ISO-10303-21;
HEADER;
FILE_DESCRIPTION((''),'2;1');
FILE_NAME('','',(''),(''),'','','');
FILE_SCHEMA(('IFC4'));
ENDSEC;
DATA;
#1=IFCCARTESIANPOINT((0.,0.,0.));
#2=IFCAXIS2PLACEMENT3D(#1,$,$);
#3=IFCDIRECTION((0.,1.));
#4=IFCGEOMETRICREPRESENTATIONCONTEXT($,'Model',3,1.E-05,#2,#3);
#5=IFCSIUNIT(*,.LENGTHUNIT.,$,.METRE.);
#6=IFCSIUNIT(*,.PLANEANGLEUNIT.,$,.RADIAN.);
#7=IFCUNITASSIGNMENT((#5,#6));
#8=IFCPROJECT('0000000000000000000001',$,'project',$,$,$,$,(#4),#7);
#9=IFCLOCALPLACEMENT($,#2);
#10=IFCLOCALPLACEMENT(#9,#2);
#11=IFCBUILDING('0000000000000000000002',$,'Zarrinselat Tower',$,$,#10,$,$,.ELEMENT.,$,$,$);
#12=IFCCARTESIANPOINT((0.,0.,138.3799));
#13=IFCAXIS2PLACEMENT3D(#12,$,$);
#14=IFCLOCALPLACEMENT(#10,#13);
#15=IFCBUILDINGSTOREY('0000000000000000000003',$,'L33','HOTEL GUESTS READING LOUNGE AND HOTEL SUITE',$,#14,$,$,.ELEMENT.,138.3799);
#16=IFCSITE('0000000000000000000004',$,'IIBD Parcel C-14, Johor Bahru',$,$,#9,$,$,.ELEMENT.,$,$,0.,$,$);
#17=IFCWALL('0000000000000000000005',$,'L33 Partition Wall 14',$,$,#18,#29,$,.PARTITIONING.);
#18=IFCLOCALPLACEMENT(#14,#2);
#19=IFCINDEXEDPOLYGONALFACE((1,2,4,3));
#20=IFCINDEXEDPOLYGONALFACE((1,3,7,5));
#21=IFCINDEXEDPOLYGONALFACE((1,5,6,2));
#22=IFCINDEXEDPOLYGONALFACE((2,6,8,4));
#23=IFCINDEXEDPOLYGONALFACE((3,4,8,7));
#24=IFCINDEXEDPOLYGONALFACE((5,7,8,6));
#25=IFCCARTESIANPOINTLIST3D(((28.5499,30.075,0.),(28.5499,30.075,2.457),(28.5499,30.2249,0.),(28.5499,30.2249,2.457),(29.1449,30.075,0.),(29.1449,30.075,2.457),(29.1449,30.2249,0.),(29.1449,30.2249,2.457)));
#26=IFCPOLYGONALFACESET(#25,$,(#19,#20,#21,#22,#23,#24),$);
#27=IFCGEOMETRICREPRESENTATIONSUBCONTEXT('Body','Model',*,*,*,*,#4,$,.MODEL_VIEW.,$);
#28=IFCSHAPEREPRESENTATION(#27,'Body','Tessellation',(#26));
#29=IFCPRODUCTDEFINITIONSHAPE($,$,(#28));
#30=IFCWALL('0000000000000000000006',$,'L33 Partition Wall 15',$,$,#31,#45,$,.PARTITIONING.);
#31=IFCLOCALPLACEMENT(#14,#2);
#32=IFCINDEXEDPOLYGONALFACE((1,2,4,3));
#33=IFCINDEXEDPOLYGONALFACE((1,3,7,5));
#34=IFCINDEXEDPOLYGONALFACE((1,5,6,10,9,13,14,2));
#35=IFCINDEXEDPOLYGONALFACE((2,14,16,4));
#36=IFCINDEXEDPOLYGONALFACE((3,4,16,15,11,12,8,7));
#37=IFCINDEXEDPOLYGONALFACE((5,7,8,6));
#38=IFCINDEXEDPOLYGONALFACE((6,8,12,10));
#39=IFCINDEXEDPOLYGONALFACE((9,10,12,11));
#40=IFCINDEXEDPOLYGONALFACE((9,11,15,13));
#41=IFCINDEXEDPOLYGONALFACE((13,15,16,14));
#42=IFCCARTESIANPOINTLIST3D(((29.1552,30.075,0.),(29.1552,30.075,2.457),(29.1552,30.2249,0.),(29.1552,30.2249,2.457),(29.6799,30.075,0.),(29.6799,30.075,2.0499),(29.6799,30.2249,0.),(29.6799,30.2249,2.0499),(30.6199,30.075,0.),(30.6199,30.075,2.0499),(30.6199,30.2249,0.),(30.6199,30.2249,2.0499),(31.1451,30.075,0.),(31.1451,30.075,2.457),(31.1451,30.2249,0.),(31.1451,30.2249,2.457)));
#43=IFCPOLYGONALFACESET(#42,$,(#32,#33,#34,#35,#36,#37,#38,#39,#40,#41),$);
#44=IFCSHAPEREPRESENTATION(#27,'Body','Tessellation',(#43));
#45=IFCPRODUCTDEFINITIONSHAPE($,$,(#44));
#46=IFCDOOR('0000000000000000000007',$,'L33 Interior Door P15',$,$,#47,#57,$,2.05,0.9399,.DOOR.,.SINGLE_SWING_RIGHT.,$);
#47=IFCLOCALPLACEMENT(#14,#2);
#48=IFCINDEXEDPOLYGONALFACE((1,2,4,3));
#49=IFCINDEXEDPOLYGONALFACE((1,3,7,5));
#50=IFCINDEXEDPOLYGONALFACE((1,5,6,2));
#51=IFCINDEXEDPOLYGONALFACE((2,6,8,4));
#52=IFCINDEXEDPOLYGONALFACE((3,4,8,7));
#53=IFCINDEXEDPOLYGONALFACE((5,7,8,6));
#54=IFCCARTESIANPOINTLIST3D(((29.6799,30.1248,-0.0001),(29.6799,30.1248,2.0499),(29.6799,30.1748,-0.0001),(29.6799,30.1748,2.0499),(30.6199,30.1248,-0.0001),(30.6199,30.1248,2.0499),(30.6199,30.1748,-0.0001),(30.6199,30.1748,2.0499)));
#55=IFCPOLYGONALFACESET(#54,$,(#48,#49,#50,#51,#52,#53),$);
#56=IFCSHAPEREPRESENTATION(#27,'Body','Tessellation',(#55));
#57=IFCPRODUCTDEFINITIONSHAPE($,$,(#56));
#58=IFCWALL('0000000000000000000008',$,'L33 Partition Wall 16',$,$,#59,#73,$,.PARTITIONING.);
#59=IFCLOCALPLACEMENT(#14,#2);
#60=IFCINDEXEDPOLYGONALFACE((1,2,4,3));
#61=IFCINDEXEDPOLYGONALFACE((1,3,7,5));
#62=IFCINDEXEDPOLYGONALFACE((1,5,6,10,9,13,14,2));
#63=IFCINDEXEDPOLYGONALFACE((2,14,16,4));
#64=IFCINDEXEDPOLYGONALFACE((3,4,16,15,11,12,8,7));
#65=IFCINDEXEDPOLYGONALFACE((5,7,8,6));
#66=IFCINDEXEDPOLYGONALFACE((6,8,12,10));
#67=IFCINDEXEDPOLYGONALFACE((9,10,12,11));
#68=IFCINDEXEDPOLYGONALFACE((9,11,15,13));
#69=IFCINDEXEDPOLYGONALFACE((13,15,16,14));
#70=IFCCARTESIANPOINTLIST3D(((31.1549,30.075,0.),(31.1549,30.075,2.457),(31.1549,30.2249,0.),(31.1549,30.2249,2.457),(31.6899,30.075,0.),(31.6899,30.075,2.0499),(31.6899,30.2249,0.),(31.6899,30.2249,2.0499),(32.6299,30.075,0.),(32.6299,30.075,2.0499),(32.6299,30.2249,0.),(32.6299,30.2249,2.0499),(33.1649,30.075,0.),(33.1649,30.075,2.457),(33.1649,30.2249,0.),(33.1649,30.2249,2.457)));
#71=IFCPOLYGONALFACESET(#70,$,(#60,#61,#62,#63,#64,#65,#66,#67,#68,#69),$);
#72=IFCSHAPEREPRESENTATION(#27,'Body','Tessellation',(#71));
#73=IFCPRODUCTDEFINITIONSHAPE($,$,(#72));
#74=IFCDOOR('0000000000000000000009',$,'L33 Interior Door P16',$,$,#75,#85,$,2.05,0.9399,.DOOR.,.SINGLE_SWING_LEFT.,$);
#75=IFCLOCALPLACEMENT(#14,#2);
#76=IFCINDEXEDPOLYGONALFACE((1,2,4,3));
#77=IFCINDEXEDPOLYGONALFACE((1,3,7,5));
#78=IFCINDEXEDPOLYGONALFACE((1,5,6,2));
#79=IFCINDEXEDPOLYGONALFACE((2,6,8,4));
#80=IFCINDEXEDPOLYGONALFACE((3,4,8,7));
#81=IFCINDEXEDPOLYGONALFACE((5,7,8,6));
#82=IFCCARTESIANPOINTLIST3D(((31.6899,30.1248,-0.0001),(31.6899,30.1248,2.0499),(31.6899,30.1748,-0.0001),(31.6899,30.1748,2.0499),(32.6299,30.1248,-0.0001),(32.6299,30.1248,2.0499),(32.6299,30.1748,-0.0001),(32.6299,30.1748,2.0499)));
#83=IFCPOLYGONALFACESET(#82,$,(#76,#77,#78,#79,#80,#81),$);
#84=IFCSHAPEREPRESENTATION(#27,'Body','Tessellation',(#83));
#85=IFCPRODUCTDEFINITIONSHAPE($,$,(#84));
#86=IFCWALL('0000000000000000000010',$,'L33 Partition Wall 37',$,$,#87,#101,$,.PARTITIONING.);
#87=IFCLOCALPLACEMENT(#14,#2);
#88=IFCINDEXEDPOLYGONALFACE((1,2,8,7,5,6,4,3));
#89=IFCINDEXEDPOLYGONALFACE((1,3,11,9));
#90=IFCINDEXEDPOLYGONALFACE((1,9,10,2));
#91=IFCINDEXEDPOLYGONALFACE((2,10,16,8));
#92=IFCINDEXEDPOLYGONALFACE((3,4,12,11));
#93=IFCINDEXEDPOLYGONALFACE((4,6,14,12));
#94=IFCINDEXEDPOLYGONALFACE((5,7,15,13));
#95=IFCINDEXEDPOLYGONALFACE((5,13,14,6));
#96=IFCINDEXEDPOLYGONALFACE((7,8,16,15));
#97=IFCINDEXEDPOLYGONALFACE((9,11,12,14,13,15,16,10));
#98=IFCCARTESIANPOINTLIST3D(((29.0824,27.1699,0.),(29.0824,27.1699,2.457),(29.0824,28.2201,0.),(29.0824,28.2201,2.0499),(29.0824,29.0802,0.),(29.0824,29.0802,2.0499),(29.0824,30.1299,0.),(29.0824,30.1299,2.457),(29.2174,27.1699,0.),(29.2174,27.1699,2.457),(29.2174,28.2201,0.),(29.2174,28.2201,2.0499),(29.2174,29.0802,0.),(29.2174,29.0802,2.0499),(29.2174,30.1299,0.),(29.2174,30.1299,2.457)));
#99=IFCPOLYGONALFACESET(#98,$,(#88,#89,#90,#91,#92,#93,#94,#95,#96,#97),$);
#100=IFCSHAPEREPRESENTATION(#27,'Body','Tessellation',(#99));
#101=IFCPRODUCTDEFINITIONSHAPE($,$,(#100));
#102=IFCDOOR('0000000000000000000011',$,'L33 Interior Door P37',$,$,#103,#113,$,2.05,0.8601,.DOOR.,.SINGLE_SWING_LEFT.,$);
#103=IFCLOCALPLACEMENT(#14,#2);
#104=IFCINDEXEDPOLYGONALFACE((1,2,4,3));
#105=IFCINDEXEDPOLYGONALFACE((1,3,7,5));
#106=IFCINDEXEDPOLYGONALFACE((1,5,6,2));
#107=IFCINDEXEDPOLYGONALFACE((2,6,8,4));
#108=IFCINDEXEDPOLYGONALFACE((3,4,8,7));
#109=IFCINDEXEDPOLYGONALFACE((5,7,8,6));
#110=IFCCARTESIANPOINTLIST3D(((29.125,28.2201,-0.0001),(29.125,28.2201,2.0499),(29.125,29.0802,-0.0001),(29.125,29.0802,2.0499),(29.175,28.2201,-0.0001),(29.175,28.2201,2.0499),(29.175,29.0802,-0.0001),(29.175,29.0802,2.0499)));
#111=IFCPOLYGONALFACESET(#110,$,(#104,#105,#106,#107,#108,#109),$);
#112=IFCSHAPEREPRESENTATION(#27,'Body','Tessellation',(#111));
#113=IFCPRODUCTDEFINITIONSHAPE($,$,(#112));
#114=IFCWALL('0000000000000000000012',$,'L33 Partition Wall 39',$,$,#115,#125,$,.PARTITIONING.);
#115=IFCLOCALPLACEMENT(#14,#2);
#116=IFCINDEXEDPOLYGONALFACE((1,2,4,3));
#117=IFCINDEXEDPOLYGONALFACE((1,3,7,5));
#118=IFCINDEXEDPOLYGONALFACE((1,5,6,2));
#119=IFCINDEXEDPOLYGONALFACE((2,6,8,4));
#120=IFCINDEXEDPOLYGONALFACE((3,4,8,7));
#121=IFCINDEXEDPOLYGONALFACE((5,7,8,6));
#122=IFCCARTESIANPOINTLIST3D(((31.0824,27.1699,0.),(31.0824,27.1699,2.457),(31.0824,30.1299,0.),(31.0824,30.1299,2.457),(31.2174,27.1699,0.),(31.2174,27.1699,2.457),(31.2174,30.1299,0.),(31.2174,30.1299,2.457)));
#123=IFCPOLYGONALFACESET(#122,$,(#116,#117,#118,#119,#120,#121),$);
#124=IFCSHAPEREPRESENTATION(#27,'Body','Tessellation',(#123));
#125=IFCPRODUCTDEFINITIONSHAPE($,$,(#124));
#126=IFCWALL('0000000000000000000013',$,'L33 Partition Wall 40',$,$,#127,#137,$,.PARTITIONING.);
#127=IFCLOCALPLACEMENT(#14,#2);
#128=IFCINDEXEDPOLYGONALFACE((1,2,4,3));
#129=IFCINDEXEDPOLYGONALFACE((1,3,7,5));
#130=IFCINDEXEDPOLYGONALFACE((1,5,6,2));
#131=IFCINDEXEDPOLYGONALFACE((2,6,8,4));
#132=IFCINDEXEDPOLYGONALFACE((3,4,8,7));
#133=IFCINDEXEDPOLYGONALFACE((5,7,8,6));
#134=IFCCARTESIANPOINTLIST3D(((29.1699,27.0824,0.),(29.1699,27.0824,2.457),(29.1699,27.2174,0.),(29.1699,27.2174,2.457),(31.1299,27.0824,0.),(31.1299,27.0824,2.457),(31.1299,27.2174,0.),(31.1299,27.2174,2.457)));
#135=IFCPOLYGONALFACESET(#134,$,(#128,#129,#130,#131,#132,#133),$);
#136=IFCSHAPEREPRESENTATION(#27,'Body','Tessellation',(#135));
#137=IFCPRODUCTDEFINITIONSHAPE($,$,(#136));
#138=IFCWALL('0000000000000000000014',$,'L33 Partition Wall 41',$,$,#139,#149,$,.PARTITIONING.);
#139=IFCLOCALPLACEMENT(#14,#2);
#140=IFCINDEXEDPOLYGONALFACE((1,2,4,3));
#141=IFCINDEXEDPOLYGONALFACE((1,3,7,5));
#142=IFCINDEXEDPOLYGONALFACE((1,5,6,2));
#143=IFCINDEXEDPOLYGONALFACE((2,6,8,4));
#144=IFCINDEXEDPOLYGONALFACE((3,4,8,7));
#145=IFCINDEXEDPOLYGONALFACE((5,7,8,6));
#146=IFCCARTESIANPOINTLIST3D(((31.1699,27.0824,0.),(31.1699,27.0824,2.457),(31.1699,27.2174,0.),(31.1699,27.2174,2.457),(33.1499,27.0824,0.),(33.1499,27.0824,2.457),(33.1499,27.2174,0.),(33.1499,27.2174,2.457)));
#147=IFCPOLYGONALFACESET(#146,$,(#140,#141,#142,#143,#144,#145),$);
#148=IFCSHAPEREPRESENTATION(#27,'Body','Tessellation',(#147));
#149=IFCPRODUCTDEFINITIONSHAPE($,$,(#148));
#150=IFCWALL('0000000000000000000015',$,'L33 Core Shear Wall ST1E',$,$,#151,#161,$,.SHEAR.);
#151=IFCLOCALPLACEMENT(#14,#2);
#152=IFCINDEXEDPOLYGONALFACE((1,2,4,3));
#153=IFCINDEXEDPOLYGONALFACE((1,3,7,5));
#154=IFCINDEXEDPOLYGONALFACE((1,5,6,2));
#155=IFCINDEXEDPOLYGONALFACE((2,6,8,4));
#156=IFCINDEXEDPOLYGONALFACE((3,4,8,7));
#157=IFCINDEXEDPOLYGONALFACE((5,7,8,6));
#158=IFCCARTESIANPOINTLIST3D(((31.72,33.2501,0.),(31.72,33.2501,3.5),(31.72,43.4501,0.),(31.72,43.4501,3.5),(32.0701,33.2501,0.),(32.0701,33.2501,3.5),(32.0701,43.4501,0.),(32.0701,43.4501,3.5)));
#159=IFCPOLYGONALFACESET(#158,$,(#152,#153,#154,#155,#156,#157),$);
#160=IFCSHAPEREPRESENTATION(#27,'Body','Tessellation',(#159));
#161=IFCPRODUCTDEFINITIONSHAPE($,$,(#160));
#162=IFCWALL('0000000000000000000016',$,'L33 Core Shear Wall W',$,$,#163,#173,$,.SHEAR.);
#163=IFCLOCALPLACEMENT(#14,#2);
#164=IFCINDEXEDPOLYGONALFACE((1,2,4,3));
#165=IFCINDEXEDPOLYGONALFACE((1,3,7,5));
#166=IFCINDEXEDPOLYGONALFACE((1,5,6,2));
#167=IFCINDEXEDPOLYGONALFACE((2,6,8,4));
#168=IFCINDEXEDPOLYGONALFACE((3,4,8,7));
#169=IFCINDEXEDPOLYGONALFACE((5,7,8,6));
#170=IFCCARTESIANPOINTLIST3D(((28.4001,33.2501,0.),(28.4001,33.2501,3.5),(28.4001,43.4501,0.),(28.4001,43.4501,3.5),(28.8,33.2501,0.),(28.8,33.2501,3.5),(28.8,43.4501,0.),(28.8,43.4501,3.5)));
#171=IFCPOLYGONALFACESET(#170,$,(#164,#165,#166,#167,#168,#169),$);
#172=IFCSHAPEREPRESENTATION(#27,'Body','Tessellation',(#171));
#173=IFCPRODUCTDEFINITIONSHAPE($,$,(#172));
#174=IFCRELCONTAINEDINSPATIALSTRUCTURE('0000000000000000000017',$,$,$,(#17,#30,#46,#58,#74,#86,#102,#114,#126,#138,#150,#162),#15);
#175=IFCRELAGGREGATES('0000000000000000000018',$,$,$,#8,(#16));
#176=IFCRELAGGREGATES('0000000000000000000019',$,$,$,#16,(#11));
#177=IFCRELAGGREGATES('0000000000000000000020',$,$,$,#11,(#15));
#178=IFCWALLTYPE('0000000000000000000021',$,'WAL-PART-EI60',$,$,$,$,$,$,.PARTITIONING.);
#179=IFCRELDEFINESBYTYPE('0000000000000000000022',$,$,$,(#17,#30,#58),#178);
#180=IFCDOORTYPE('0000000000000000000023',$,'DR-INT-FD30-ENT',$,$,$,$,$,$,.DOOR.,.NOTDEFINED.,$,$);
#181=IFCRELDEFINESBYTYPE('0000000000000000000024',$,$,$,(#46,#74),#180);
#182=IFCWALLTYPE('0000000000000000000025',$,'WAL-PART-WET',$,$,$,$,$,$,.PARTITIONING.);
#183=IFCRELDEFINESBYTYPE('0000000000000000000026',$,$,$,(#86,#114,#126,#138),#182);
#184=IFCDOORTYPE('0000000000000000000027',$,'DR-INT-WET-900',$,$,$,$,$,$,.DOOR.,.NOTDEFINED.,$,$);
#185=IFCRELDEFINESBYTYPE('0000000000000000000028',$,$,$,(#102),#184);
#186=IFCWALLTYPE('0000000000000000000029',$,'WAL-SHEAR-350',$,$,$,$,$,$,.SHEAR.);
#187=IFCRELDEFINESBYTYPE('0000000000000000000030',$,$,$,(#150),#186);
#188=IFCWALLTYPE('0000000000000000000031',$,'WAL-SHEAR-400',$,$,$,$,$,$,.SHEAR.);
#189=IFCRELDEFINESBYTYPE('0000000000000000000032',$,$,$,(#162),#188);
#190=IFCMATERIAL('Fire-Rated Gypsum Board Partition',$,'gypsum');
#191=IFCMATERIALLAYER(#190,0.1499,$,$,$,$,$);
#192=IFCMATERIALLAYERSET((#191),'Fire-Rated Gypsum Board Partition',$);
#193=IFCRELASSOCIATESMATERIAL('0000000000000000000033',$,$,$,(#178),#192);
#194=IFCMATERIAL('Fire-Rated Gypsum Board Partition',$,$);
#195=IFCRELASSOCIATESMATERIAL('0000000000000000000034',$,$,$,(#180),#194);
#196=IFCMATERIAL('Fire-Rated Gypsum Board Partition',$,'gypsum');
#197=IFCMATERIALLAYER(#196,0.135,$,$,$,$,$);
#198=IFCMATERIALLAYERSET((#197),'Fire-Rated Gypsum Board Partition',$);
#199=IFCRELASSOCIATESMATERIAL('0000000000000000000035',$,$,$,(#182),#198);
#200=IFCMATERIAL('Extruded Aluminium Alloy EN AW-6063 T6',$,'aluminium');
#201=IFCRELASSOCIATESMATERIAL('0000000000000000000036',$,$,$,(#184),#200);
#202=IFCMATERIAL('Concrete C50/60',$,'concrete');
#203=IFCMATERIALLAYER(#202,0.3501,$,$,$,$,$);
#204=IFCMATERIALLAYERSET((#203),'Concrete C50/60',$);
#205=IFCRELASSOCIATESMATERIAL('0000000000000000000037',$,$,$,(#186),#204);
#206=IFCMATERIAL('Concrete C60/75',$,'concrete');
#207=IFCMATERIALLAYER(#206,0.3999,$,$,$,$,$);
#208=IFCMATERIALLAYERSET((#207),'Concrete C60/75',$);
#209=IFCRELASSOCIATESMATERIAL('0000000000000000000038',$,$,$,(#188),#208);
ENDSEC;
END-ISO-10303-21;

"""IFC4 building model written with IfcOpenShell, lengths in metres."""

from ifc_helpers import new_model, si_unit, direction, frame, frame_2d, origin, place, context, subcontext, project, spatial, rectangle, extrude, material, layer, layer_set, type_object, element, fill, save


model = new_model("IFC4")

# Units and contexts
model_context = context("Model", 3, precision=1e-05, world=origin(), true_north=direction((0.0, 1.0)))
body_context = subcontext(model_context, "Body", "Model", "MODEL_VIEW")
ifc_project = project(units=[si_unit("LENGTHUNIT", "METRE"), si_unit("PLANEANGLEUNIT", "RADIAN")], contexts=[model_context])

# Site, building, storey
site_placement = place(None, origin())
site = spatial("IfcSite", under=ifc_project, at=site_placement, Name="IIBD Parcel C-14, Johor Bahru", CompositionType="ELEMENT", RefElevation=0.0)
building_placement = place(site_placement, origin())
building = spatial("IfcBuilding", under=site, at=building_placement, Name="Zarrinselat Tower", CompositionType="ELEMENT")
storey_placement = place(building_placement, frame((0.0, 0.0, 138.3799)))
storey = spatial("IfcBuildingStorey", under=building, at=storey_placement, Name="L33", Description="HOTEL GUESTS READING LOUNGE AND HOTEL SUITE", CompositionType="ELEMENT", Elevation=138.3799)

# Wall
ifc_material_1 = material(Name="Fire-Rated Gypsum Board Partition", Category="gypsum")
ifc_layer_1 = layer(ifc_material_1, 0.1499)
ifc_layer_set_1 = layer_set([ifc_layer_1], Name="Fire-Rated Gypsum Board Partition")
wall_type_1 = type_object("IfcWallType", Name="WAL-PART-EI60", PredefinedType="PARTITIONING", material=ifc_layer_set_1)
wall_1_placement = place(storey_placement, frame((28.55, 30.1499, 0.0), z_axis=(0.0, 0.0, 1.0), x_axis=(1.0, 0.0, 0.0)))
element("IfcWall", 1, at=wall_1_placement, inside=storey, type_object=wall_type_1, Name="L33 Partition Wall 14", PredefinedType="PARTITIONING", context=body_context, shape_type="SweptSolid", body=[
    extrude(rectangle(XDim=0.595, YDim=0.1499, at=frame_2d((0.2974, 0.0))), origin(), (0.0, 0.0, 1.0), 2.457),
])

# Walls, openings, doors
wall_2_placement = place(storey_placement, frame((29.155, 30.1499, 0.0), z_axis=(0.0, 0.0, 1.0), x_axis=(1.0, 0.0, 0.0)))
wall_2 = element("IfcWall", 2, at=wall_2_placement, inside=storey, type_object=wall_type_1, Name="L33 Partition Wall 15", PredefinedType="PARTITIONING", context=body_context, shape_type="SweptSolid", body=[
    extrude(rectangle(XDim=1.99, YDim=0.1499, at=frame_2d((0.9951, 0.0))), origin(), (0.0, 0.0, 1.0), 2.457),
])
opening_1_placement = place(wall_2_placement, frame((0.5249, 0.0, 0.0)))
opening_1 = element("IfcOpeningElement", 3, at=opening_1_placement, cuts=wall_2, PredefinedType="OPENING", context=body_context, shape_type="SweptSolid", body=[
    extrude(rectangle(XDim=0.9399, YDim=2.05, at=frame_2d((0.47, 1.0249))), frame((0.0, 0.085, 0.0), z_axis=(0.0, -1.0, 0.0), x_axis=(1.0, 0.0, 0.0)), (0.0, 0.0, 1.0), 0.1699),
])
ifc_material_2 = material(Name="Fire-Rated Gypsum Board Partition")
door_type_1 = type_object("IfcDoorType", Name="DR-INT-FD30-ENT", OperationType="NOTDEFINED", PredefinedType="DOOR", material=ifc_material_2)
door_1_placement = place(opening_1_placement, origin())
door_1 = element("IfcDoor", 4, at=door_1_placement, inside=storey, type_object=door_type_1, Name="L33 Interior Door P15", OperationType="SINGLE_SWING_RIGHT", OverallHeight=2.05, OverallWidth=0.9399, PredefinedType="DOOR", context=body_context, shape_type="SweptSolid", body=[
    extrude(rectangle(XDim=0.9399, YDim=2.05, at=frame_2d((0.47, 1.0249))), frame((0.0, 0.0249, 0.0), z_axis=(0.0, -1.0, 0.0), x_axis=(1.0, 0.0, 0.0)), (0.0, 0.0, 1.0), 0.05),
])
fill(opening_1, door_1)
wall_3_placement = place(storey_placement, frame((31.155, 30.1499, 0.0), z_axis=(0.0, 0.0, 1.0), x_axis=(1.0, 0.0, 0.0)))
wall_3 = element("IfcWall", 5, at=wall_3_placement, inside=storey, type_object=wall_type_1, Name="L33 Partition Wall 16", PredefinedType="PARTITIONING", context=body_context, shape_type="SweptSolid", body=[
    extrude(rectangle(XDim=2.01, YDim=0.1499, at=frame_2d((1.0049, 0.0))), origin(), (0.0, 0.0, 1.0), 2.457),
])
opening_2_placement = place(wall_3_placement, frame((0.5349, 0.0, 0.0)))
opening_2 = element("IfcOpeningElement", 6, at=opening_2_placement, cuts=wall_3, PredefinedType="OPENING", context=body_context, shape_type="SweptSolid", body=[
    extrude(rectangle(XDim=0.9399, YDim=2.05, at=frame_2d((0.47, 1.0249))), frame((0.0, 0.085, 0.0), z_axis=(0.0, -1.0, 0.0), x_axis=(1.0, 0.0, 0.0)), (0.0, 0.0, 1.0), 0.1699),
])
door_2_placement = place(opening_2_placement, origin())
door_2 = element("IfcDoor", 7, at=door_2_placement, inside=storey, type_object=door_type_1, Name="L33 Interior Door P16", OperationType="SINGLE_SWING_LEFT", OverallHeight=2.05, OverallWidth=0.9399, PredefinedType="DOOR", context=body_context, shape_type="SweptSolid", body=[
    extrude(rectangle(XDim=0.9399, YDim=2.05, at=frame_2d((0.47, 1.0249))), frame((0.0, 0.0249, 0.0), z_axis=(0.0, -1.0, 0.0), x_axis=(1.0, 0.0, 0.0)), (0.0, 0.0, 1.0), 0.05),
])
fill(opening_2, door_2)
ifc_material_3 = material(Name="Fire-Rated Gypsum Board Partition", Category="gypsum")
ifc_layer_2 = layer(ifc_material_3, 0.135)
ifc_layer_set_2 = layer_set([ifc_layer_2], Name="Fire-Rated Gypsum Board Partition")
wall_type_2 = type_object("IfcWallType", Name="WAL-PART-WET", PredefinedType="PARTITIONING", material=ifc_layer_set_2)
wall_4_placement = place(storey_placement, frame((29.1499, 27.1699, 0.0), z_axis=(0.0, 0.0, 1.0), x_axis=(0.0, 1.0, 0.0)))
wall_4 = element("IfcWall", 8, at=wall_4_placement, inside=storey, type_object=wall_type_2, Name="L33 Partition Wall 37", PredefinedType="PARTITIONING", context=body_context, shape_type="SweptSolid", body=[
    extrude(rectangle(XDim=2.96, YDim=0.135, at=frame_2d((1.48, 0.0))), origin(), (0.0, 0.0, 1.0), 2.457),
])
opening_3_placement = place(wall_4_placement, frame((1.05, 0.0, 0.0)))
opening_3 = element("IfcOpeningElement", 9, at=opening_3_placement, cuts=wall_4, PredefinedType="OPENING", context=body_context, shape_type="SweptSolid", body=[
    extrude(rectangle(XDim=0.8601, YDim=2.05, at=frame_2d((0.4302, 1.0249))), frame((0.0, 0.0774, 0.0), z_axis=(0.0, -1.0, 0.0), x_axis=(1.0, 0.0, 0.0)), (0.0, 0.0, 1.0), 0.155),
])
ifc_material_4 = material(Name="Extruded Aluminium Alloy EN AW-6063 T6", Category="aluminium")
door_type_2 = type_object("IfcDoorType", Name="DR-INT-WET-900", OperationType="NOTDEFINED", PredefinedType="DOOR", material=ifc_material_4)
door_3_placement = place(opening_3_placement, origin())
door_3 = element("IfcDoor", 10, at=door_3_placement, inside=storey, type_object=door_type_2, Name="L33 Interior Door P37", OperationType="SINGLE_SWING_LEFT", OverallHeight=2.05, OverallWidth=0.8601, PredefinedType="DOOR", context=body_context, shape_type="SweptSolid", body=[
    extrude(rectangle(XDim=0.8601, YDim=2.05, at=frame_2d((0.4302, 1.0249))), frame((0.0, 0.0249, 0.0), z_axis=(0.0, -1.0, 0.0), x_axis=(1.0, 0.0, 0.0)), (0.0, 0.0, 1.0), 0.05),
])
fill(opening_3, door_3)

# Walls
wall_5_placement = place(storey_placement, frame((31.1499, 27.1699, 0.0), z_axis=(0.0, 0.0, 1.0), x_axis=(0.0, 1.0, 0.0)))
element("IfcWall", 11, at=wall_5_placement, inside=storey, type_object=wall_type_2, Name="L33 Partition Wall 39", PredefinedType="PARTITIONING", context=body_context, shape_type="SweptSolid", body=[
    extrude(rectangle(XDim=2.96, YDim=0.135, at=frame_2d((1.48, 0.0))), origin(), (0.0, 0.0, 1.0), 2.457),
])
wall_6_placement = place(storey_placement, frame((29.1699, 27.1499, 0.0), z_axis=(0.0, 0.0, 1.0), x_axis=(1.0, 0.0, 0.0)))
element("IfcWall", 12, at=wall_6_placement, inside=storey, type_object=wall_type_2, Name="L33 Partition Wall 40", PredefinedType="PARTITIONING", context=body_context, shape_type="SweptSolid", body=[
    extrude(rectangle(XDim=1.96, YDim=0.135, at=frame_2d((0.98, 0.0))), origin(), (0.0, 0.0, 1.0), 2.457),
])
wall_7_placement = place(storey_placement, frame((31.1699, 27.1499, 0.0), z_axis=(0.0, 0.0, 1.0), x_axis=(1.0, 0.0, 0.0)))
element("IfcWall", 13, at=wall_7_placement, inside=storey, type_object=wall_type_2, Name="L33 Partition Wall 41", PredefinedType="PARTITIONING", context=body_context, shape_type="SweptSolid", body=[
    extrude(rectangle(XDim=1.98, YDim=0.135, at=frame_2d((0.99, 0.0))), origin(), (0.0, 0.0, 1.0), 2.457),
])
ifc_material_5 = material(Name="Concrete C50/60", Category="concrete")
ifc_layer_3 = layer(ifc_material_5, 0.3501)
ifc_layer_set_3 = layer_set([ifc_layer_3], Name="Concrete C50/60")
wall_type_3 = type_object("IfcWallType", Name="WAL-SHEAR-350", PredefinedType="SHEAR", material=ifc_layer_set_3)
wall_8_placement = place(storey_placement, frame((31.895, 33.25, 0.0), z_axis=(0.0, 0.0, 1.0), x_axis=(0.0, 1.0, 0.0)))
element("IfcWall", 14, at=wall_8_placement, inside=storey, type_object=wall_type_3, Name="L33 Core Shear Wall ST1E", PredefinedType="SHEAR", context=body_context, shape_type="SweptSolid", body=[
    extrude(rectangle(XDim=10.2, YDim=0.3501, at=frame_2d((5.1001, 0.0))), origin(), (0.0, 0.0, 1.0), 3.5),
])

# Shared definitions
ifc_material_6 = material(Name="Concrete C60/75", Category="concrete")
ifc_layer_4 = layer(ifc_material_6, 0.3999)
ifc_layer_set_4 = layer_set([ifc_layer_4], Name="Concrete C60/75")
wall_type_4 = type_object("IfcWallType", Name="WAL-SHEAR-400", PredefinedType="SHEAR", material=ifc_layer_set_4)

# Wall
wall_9_placement = place(storey_placement, frame((28.6001, 33.25, 0.0), z_axis=(0.0, 0.0, 1.0), x_axis=(0.0, 1.0, 0.0)))
element("IfcWall", 15, at=wall_9_placement, inside=storey, type_object=wall_type_4, Name="L33 Core Shear Wall W", PredefinedType="SHEAR", context=body_context, shape_type="SweptSolid", body=[
    extrude(rectangle(XDim=10.2, YDim=0.3999, at=frame_2d((5.1001, 0.0))), origin(), (0.0, 0.0, 1.0), 3.5),
])

save(model, "model.ifc")
